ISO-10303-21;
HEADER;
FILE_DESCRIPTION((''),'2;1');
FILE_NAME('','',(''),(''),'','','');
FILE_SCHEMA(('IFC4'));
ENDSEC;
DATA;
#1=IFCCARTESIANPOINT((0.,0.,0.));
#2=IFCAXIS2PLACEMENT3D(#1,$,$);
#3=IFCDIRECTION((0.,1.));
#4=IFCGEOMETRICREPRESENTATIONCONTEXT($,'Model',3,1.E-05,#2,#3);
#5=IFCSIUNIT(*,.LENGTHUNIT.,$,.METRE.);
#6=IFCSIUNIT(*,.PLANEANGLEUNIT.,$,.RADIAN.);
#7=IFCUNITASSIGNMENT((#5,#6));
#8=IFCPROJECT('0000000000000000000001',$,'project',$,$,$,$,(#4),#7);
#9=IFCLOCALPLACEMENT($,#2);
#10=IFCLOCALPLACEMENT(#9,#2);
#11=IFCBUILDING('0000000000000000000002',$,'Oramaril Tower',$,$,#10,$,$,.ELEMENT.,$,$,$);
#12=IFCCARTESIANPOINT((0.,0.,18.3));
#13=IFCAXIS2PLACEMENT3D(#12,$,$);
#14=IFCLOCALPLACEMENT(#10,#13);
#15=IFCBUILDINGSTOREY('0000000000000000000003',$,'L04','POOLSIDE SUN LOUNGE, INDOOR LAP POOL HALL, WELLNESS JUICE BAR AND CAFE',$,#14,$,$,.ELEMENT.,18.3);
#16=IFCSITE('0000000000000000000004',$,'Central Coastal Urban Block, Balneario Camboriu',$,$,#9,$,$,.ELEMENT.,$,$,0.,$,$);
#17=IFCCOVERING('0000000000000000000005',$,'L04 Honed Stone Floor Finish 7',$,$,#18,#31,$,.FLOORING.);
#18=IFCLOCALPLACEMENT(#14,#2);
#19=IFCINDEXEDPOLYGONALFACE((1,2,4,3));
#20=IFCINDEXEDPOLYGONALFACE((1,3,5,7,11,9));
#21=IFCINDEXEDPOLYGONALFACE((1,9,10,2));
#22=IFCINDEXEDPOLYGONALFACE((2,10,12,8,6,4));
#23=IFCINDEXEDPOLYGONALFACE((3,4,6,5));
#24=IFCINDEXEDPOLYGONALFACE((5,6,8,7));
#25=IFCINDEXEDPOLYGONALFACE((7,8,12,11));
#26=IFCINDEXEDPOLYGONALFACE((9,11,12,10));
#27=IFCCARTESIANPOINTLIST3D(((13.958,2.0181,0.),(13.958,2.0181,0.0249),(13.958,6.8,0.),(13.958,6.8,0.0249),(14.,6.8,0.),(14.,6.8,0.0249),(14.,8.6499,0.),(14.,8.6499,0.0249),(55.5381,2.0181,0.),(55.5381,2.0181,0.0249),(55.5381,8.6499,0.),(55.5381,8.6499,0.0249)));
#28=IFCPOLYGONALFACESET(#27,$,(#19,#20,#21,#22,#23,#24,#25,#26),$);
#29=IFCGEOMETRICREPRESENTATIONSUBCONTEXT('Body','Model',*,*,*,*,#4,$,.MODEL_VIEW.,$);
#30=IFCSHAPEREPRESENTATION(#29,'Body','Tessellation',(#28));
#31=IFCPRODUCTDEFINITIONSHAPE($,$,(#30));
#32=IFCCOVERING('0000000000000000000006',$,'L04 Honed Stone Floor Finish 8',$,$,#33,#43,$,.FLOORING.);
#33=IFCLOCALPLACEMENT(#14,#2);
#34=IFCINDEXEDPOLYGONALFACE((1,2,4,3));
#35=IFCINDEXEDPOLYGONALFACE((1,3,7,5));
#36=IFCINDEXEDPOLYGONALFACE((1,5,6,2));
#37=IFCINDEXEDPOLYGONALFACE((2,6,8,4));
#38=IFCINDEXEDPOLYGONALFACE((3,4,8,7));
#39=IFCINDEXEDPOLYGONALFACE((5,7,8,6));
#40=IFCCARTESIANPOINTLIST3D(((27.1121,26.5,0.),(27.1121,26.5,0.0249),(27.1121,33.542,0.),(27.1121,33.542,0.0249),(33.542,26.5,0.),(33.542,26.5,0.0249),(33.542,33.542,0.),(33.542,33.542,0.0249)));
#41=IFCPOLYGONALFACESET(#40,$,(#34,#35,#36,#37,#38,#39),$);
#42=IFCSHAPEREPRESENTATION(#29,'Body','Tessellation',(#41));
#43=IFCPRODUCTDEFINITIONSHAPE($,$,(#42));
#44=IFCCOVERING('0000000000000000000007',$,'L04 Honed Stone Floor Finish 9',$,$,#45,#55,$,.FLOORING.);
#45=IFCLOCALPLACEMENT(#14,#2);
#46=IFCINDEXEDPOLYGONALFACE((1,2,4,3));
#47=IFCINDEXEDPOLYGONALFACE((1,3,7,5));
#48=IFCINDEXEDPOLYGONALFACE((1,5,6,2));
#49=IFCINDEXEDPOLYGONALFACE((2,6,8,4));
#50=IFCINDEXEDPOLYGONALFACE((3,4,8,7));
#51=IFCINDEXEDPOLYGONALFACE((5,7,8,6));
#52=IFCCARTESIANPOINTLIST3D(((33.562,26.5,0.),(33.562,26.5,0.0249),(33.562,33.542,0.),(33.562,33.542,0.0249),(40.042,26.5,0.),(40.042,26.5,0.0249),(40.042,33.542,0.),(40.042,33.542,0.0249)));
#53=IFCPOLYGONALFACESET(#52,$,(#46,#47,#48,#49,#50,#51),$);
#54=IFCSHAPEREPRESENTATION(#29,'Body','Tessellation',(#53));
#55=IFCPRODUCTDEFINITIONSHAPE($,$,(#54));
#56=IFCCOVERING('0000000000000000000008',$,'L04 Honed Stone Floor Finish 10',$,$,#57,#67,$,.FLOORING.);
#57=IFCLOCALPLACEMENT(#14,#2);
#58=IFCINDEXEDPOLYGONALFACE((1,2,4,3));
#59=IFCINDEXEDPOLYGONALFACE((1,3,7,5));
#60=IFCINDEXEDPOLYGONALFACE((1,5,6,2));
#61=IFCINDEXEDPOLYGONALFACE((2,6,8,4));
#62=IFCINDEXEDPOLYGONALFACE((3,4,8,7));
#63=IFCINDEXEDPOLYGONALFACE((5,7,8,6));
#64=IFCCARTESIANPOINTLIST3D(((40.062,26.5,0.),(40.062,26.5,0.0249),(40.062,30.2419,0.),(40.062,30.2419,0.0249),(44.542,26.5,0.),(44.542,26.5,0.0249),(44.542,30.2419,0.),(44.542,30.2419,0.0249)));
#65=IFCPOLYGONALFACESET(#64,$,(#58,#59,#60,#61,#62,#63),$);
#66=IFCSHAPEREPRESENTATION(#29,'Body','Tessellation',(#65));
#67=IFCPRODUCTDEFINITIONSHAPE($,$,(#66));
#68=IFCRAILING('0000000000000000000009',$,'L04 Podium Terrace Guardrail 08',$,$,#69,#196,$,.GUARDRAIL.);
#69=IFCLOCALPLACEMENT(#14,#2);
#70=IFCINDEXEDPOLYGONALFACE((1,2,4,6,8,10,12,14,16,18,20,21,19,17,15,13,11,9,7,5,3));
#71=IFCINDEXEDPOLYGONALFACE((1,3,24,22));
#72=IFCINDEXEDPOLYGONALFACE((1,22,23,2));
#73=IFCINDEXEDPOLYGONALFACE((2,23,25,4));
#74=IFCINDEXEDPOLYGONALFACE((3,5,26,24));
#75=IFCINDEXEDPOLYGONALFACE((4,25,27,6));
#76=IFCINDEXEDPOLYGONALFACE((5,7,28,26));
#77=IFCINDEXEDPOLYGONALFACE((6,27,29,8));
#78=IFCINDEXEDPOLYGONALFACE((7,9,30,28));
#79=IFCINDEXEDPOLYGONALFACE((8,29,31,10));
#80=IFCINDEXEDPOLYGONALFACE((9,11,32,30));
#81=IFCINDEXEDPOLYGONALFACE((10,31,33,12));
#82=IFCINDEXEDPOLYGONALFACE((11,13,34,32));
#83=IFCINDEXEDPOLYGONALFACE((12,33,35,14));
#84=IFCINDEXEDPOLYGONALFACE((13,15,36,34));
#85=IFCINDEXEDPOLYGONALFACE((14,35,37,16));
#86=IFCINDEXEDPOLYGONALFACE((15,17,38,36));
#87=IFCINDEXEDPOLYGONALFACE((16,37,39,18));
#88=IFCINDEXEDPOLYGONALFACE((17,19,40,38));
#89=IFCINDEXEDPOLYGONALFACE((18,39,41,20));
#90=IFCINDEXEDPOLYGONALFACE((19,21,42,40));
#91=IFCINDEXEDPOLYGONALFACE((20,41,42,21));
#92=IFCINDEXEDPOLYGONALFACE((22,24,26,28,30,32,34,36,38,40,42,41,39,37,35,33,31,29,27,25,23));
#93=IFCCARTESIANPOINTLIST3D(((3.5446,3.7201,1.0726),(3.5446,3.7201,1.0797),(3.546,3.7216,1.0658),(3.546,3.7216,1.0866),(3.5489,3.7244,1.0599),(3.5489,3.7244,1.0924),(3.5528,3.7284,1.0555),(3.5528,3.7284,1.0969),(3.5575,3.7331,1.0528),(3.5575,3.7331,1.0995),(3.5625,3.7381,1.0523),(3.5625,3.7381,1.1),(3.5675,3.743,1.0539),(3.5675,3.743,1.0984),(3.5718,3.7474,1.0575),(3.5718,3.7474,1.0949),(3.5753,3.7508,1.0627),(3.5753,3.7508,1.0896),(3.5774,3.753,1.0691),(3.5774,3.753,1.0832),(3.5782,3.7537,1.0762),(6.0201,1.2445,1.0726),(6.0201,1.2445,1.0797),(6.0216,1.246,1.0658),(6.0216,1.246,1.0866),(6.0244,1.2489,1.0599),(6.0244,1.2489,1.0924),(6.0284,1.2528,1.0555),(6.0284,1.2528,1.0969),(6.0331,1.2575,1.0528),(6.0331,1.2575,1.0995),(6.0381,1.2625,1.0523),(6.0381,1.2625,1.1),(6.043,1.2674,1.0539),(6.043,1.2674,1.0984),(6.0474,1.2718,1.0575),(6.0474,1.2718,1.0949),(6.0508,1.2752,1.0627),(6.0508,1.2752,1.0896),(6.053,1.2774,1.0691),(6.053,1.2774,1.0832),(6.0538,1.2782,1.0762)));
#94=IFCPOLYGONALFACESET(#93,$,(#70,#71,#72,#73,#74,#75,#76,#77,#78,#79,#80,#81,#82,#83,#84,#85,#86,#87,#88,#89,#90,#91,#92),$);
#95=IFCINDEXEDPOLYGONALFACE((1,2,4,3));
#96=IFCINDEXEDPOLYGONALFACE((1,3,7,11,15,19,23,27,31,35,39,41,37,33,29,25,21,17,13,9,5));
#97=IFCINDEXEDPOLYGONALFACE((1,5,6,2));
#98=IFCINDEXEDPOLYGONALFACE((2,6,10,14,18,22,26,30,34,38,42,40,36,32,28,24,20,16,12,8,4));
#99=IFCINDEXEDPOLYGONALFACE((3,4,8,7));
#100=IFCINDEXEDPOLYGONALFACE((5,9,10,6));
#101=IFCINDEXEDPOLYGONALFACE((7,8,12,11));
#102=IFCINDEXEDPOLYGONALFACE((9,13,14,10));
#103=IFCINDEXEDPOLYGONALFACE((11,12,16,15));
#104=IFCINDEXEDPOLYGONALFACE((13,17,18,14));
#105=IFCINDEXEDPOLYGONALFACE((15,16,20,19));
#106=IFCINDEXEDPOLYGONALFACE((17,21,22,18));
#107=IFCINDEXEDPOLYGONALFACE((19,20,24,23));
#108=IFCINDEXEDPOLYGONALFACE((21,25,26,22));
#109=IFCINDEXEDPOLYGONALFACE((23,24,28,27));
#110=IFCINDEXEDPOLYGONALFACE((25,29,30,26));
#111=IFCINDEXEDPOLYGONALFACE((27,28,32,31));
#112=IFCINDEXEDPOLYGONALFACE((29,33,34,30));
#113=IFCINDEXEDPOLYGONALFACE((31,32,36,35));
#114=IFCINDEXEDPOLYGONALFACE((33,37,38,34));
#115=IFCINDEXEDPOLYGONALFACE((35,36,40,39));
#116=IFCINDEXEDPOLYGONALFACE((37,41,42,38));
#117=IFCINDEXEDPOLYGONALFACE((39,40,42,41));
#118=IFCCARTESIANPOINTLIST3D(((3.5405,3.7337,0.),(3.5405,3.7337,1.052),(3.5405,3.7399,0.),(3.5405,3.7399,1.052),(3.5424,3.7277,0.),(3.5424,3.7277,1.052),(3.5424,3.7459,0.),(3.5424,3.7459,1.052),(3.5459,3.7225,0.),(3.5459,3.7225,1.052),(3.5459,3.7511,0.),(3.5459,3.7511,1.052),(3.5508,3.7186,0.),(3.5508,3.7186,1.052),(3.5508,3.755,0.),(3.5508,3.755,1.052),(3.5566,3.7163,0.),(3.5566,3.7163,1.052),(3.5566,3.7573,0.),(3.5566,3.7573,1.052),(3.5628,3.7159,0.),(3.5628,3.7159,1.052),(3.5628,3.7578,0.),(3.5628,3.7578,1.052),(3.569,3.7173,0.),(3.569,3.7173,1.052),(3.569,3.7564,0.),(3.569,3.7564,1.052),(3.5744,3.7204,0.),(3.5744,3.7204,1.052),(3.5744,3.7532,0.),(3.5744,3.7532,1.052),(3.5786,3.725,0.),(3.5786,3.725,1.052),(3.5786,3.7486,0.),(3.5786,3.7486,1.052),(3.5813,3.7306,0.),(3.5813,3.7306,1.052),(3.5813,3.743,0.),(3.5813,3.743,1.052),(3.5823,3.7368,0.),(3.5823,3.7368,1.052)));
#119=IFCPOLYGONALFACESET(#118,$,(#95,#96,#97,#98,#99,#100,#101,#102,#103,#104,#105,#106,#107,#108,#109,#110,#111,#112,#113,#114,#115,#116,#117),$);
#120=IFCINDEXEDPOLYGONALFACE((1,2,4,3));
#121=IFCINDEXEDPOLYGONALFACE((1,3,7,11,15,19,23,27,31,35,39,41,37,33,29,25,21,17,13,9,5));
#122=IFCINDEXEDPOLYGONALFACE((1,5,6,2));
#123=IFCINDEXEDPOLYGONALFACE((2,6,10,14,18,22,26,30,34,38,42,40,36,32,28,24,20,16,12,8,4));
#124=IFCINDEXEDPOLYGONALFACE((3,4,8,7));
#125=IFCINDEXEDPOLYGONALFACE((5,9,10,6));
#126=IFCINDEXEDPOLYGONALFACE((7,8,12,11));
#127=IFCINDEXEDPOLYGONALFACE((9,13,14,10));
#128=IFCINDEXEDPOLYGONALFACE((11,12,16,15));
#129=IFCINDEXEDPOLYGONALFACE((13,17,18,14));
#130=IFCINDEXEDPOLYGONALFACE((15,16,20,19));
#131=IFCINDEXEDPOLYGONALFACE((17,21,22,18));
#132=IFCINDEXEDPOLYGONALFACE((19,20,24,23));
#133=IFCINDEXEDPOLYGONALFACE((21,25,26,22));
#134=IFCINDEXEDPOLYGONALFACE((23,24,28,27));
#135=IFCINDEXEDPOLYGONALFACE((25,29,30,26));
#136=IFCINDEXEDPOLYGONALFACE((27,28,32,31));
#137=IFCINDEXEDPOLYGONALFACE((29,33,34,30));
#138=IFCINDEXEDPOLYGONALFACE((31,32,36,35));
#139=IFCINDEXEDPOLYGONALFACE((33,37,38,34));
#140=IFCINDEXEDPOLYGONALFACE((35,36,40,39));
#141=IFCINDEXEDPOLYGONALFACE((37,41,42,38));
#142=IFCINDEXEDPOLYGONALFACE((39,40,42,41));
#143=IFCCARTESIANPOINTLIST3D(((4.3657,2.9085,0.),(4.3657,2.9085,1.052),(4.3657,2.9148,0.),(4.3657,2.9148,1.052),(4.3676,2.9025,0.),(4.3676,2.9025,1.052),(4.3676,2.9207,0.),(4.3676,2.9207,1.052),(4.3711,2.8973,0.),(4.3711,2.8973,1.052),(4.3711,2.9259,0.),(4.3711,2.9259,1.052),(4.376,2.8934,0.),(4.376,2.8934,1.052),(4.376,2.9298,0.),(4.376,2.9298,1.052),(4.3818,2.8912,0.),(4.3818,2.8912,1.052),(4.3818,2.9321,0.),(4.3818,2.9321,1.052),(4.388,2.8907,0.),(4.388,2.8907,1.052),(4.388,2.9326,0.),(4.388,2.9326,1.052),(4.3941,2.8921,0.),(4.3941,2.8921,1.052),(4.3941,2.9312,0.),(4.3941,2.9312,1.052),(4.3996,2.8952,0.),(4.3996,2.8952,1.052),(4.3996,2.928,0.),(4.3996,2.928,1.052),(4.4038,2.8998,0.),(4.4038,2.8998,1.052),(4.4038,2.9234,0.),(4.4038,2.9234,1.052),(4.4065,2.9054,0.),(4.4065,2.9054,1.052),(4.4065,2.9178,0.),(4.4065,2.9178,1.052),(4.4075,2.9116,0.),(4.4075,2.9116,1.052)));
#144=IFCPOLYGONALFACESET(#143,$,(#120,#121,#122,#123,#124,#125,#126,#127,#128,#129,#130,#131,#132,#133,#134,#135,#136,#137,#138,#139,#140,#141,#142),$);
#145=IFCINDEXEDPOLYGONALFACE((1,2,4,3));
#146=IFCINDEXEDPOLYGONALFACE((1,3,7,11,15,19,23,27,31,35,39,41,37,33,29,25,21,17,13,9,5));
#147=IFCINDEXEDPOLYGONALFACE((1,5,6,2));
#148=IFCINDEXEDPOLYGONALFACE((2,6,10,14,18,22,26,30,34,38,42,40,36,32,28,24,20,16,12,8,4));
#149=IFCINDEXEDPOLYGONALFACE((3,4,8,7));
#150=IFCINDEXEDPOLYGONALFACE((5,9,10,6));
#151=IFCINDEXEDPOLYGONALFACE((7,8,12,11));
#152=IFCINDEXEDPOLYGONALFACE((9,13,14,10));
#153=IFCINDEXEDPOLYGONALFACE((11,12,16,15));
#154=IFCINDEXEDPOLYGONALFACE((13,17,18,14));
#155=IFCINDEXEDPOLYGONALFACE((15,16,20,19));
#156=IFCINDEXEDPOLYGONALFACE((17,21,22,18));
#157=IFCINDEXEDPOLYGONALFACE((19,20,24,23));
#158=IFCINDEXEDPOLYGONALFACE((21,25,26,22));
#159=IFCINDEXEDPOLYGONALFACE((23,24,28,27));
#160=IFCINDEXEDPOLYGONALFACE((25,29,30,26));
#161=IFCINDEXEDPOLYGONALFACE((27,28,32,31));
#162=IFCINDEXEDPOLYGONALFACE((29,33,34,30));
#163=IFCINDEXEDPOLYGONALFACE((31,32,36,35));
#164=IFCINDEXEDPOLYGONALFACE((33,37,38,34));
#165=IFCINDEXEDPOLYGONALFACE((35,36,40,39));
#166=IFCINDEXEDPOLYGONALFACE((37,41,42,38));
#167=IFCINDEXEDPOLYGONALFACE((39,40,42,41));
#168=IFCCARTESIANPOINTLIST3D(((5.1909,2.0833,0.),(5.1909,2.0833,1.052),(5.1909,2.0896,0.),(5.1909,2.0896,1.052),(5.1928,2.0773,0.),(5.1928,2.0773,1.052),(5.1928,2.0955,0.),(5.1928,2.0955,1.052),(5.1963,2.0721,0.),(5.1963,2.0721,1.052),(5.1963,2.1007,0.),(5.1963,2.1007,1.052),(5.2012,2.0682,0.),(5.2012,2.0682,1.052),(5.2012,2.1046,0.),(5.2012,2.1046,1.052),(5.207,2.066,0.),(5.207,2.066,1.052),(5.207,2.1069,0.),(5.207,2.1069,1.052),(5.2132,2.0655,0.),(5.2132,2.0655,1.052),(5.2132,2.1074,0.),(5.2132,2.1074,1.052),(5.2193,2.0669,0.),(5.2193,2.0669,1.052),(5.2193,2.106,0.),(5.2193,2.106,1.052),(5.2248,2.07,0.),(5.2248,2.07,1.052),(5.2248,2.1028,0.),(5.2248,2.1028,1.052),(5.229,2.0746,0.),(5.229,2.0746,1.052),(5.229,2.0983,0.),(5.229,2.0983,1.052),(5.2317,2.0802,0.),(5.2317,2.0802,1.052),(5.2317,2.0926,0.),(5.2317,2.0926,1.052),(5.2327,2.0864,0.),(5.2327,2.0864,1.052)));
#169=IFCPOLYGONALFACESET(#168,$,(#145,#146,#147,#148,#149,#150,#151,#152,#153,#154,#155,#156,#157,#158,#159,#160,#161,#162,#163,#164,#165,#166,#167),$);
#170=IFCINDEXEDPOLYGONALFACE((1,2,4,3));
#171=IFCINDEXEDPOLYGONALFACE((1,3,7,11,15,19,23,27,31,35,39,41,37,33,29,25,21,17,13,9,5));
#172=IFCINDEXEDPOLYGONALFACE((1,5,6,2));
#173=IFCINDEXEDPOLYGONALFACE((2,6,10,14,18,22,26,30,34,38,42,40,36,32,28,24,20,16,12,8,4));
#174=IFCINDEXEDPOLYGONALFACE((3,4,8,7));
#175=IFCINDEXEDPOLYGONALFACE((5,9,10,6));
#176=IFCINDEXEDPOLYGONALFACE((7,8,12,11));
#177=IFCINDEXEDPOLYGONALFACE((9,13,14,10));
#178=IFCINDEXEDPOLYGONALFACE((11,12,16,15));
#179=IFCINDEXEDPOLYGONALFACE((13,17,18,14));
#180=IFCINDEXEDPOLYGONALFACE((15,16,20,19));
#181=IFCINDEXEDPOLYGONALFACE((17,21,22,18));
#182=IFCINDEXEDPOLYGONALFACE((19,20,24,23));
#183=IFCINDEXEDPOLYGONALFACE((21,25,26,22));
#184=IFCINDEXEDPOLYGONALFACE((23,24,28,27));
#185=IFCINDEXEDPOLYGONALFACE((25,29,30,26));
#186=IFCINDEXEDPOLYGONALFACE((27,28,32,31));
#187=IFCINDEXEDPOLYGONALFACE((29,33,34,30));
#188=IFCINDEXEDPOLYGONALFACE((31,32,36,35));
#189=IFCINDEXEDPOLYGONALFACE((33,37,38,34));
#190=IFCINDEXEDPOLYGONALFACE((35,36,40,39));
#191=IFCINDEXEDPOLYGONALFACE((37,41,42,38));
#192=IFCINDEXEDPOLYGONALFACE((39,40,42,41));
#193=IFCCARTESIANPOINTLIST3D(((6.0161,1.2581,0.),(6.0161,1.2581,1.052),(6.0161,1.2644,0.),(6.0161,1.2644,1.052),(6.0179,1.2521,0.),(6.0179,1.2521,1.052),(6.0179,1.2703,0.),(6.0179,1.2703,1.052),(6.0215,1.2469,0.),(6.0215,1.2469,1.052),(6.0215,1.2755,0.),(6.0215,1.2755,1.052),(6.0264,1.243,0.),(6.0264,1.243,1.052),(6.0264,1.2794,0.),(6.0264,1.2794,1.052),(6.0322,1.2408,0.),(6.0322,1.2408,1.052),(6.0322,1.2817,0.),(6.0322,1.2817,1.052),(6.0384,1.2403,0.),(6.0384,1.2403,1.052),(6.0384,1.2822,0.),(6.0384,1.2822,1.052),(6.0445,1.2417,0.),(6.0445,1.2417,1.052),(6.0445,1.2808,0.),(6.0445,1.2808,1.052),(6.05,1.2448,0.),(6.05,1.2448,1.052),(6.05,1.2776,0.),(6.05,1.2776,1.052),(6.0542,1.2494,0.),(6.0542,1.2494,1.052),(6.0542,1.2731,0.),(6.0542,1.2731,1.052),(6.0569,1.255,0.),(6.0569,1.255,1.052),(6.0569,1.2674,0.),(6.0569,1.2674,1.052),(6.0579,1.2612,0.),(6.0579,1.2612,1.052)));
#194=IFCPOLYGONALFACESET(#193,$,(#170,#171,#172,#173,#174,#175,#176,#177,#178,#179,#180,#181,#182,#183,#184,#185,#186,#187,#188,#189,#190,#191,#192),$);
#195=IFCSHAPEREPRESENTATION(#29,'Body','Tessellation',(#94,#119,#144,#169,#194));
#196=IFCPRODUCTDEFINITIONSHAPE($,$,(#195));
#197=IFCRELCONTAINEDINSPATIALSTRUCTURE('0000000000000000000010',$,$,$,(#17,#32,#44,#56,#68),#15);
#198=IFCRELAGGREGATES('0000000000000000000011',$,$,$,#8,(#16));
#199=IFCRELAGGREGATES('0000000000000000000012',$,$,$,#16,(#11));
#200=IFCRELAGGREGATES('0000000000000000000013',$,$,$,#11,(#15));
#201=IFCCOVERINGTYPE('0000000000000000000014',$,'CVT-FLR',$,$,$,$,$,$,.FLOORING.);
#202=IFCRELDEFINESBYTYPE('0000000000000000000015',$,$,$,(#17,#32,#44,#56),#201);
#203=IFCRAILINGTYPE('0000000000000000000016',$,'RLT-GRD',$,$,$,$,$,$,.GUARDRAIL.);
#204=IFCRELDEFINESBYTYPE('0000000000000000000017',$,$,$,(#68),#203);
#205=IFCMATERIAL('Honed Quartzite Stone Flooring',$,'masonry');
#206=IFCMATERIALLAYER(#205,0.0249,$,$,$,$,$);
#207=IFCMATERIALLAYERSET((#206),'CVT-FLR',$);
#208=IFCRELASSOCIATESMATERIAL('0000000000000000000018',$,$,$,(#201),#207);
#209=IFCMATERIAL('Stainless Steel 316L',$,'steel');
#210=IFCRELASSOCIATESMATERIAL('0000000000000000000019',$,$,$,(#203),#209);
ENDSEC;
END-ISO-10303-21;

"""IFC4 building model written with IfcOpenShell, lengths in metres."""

from ifc_helpers import new_model, si_unit, direction, frame, origin, origin_2d, place, context, subcontext, project, spatial, polyline, circle, outline, extrude, material, layer, layer_set, type_object, element, save


model = new_model("IFC4")

# Units and contexts
model_context = context("Model", 3, precision=1e-05, world=origin(), true_north=direction((0.0, 1.0)))
body_context = subcontext(model_context, "Body", "Model", "MODEL_VIEW")
ifc_project = project(units=[si_unit("LENGTHUNIT", "METRE"), si_unit("PLANEANGLEUNIT", "RADIAN")], contexts=[model_context])

# Site, building, storey
site_placement = place(None, origin())
site = spatial("IfcSite", under=ifc_project, at=site_placement, Name="Central Coastal Urban Block, Balneario Camboriu", CompositionType="ELEMENT", RefElevation=0.0)
building_placement = place(site_placement, origin())
building = spatial("IfcBuilding", under=site, at=building_placement, Name="Oramaril Tower", CompositionType="ELEMENT")
storey_placement = place(building_placement, frame((0.0, 0.0, 18.3)))
storey = spatial("IfcBuildingStorey", under=building, at=storey_placement, Name="L04", Description="POOLSIDE SUN LOUNGE, INDOOR LAP POOL HALL, WELLNESS JUICE BAR AND CAFE", CompositionType="ELEMENT", Elevation=18.3)

# Coverings
ifc_material_1 = material(Name="Honed Quartzite Stone Flooring", Category="masonry")
ifc_layer_1 = layer(ifc_material_1, 0.0249)
ifc_layer_set_1 = layer_set([ifc_layer_1], Name="CVT-FLR")
covering_type_1 = type_object("IfcCoveringType", Name="CVT-FLR", PredefinedType="FLOORING", material=ifc_layer_set_1)
covering_1_placement = place(storey_placement, origin())
element("IfcCovering", 1, at=covering_1_placement, inside=storey, type_object=covering_type_1, Name="L04 Honed Stone Floor Finish 7", PredefinedType="FLOORING", context=body_context, shape_type="SweptSolid", body=[
    extrude(outline(polyline([(13.958, 2.0181), (13.958, 6.8), (14.0, 6.8), (14.0, 8.6499), (55.5381, 8.6499), (55.5381, 2.0181), (13.958, 2.0181)])), origin(), (0.0, 0.0, 1.0), 0.0249),
])
covering_2_placement = place(storey_placement, origin())
element("IfcCovering", 2, at=covering_2_placement, inside=storey, type_object=covering_type_1, Name="L04 Honed Stone Floor Finish 8", PredefinedType="FLOORING", context=body_context, shape_type="SweptSolid", body=[
    extrude(outline(polyline([(33.542, 33.542), (33.542, 26.5), (27.1121, 26.5), (27.1121, 33.542), (33.542, 33.542)])), origin(), (0.0, 0.0, 1.0), 0.0249),
])
covering_3_placement = place(storey_placement, origin())
element("IfcCovering", 3, at=covering_3_placement, inside=storey, type_object=covering_type_1, Name="L04 Honed Stone Floor Finish 9", PredefinedType="FLOORING", context=body_context, shape_type="SweptSolid", body=[
    extrude(outline(polyline([(40.042, 26.5), (33.562, 26.5), (33.562, 33.542), (40.042, 33.542), (40.042, 26.5)])), origin(), (0.0, 0.0, 1.0), 0.0249),
])
covering_4_placement = place(storey_placement, origin())
element("IfcCovering", 4, at=covering_4_placement, inside=storey, type_object=covering_type_1, Name="L04 Honed Stone Floor Finish 10", PredefinedType="FLOORING", context=body_context, shape_type="SweptSolid", body=[
    extrude(outline(polyline([(44.542, 30.2419), (44.542, 26.5), (40.062, 26.5), (40.062, 30.2419), (44.542, 30.2419)])), origin(), (0.0, 0.0, 1.0), 0.0249),
])

# Railing
ifc_material_2 = material(Name="Stainless Steel 316L", Category="steel")
railing_type = type_object("IfcRailingType", Name="RLT-GRD", PredefinedType="GUARDRAIL", material=ifc_material_2)
railing_1_placement = place(storey_placement, frame((3.5613, 3.7368, 0.0)))
element("IfcRailing", 5, at=railing_1_placement, inside=storey, type_object=railing_type, Name="L04 Podium Terrace Guardrail 08", PredefinedType="GUARDRAIL", context=body_context, shape_type="SweptSolid", body=[
    extrude(circle(Radius=0.0239, at=origin_2d()), frame((0.0, 0.0, 1.0762), z_axis=(0.707107, -0.707107, 0.0), x_axis=(0.707107, 0.707107, 0.0)), (0.0, 0.0, 1.0), 3.501),
    extrude(circle(Radius=0.021, at=origin_2d()), origin(), (0.0, 0.0, 1.0), 1.052),
    extrude(circle(Radius=0.021, at=origin_2d()), frame((0.8252, -0.8252, 0.0)), (0.0, 0.0, 1.0), 1.052),
    extrude(circle(Radius=0.021, at=origin_2d()), frame((1.6504, -1.6504, 0.0)), (0.0, 0.0, 1.0), 1.052),
    extrude(circle(Radius=0.021, at=origin_2d()), frame((2.4756, -2.4756, 0.0)), (0.0, 0.0, 1.0), 1.052),
])

save(model, "model.ifc")
